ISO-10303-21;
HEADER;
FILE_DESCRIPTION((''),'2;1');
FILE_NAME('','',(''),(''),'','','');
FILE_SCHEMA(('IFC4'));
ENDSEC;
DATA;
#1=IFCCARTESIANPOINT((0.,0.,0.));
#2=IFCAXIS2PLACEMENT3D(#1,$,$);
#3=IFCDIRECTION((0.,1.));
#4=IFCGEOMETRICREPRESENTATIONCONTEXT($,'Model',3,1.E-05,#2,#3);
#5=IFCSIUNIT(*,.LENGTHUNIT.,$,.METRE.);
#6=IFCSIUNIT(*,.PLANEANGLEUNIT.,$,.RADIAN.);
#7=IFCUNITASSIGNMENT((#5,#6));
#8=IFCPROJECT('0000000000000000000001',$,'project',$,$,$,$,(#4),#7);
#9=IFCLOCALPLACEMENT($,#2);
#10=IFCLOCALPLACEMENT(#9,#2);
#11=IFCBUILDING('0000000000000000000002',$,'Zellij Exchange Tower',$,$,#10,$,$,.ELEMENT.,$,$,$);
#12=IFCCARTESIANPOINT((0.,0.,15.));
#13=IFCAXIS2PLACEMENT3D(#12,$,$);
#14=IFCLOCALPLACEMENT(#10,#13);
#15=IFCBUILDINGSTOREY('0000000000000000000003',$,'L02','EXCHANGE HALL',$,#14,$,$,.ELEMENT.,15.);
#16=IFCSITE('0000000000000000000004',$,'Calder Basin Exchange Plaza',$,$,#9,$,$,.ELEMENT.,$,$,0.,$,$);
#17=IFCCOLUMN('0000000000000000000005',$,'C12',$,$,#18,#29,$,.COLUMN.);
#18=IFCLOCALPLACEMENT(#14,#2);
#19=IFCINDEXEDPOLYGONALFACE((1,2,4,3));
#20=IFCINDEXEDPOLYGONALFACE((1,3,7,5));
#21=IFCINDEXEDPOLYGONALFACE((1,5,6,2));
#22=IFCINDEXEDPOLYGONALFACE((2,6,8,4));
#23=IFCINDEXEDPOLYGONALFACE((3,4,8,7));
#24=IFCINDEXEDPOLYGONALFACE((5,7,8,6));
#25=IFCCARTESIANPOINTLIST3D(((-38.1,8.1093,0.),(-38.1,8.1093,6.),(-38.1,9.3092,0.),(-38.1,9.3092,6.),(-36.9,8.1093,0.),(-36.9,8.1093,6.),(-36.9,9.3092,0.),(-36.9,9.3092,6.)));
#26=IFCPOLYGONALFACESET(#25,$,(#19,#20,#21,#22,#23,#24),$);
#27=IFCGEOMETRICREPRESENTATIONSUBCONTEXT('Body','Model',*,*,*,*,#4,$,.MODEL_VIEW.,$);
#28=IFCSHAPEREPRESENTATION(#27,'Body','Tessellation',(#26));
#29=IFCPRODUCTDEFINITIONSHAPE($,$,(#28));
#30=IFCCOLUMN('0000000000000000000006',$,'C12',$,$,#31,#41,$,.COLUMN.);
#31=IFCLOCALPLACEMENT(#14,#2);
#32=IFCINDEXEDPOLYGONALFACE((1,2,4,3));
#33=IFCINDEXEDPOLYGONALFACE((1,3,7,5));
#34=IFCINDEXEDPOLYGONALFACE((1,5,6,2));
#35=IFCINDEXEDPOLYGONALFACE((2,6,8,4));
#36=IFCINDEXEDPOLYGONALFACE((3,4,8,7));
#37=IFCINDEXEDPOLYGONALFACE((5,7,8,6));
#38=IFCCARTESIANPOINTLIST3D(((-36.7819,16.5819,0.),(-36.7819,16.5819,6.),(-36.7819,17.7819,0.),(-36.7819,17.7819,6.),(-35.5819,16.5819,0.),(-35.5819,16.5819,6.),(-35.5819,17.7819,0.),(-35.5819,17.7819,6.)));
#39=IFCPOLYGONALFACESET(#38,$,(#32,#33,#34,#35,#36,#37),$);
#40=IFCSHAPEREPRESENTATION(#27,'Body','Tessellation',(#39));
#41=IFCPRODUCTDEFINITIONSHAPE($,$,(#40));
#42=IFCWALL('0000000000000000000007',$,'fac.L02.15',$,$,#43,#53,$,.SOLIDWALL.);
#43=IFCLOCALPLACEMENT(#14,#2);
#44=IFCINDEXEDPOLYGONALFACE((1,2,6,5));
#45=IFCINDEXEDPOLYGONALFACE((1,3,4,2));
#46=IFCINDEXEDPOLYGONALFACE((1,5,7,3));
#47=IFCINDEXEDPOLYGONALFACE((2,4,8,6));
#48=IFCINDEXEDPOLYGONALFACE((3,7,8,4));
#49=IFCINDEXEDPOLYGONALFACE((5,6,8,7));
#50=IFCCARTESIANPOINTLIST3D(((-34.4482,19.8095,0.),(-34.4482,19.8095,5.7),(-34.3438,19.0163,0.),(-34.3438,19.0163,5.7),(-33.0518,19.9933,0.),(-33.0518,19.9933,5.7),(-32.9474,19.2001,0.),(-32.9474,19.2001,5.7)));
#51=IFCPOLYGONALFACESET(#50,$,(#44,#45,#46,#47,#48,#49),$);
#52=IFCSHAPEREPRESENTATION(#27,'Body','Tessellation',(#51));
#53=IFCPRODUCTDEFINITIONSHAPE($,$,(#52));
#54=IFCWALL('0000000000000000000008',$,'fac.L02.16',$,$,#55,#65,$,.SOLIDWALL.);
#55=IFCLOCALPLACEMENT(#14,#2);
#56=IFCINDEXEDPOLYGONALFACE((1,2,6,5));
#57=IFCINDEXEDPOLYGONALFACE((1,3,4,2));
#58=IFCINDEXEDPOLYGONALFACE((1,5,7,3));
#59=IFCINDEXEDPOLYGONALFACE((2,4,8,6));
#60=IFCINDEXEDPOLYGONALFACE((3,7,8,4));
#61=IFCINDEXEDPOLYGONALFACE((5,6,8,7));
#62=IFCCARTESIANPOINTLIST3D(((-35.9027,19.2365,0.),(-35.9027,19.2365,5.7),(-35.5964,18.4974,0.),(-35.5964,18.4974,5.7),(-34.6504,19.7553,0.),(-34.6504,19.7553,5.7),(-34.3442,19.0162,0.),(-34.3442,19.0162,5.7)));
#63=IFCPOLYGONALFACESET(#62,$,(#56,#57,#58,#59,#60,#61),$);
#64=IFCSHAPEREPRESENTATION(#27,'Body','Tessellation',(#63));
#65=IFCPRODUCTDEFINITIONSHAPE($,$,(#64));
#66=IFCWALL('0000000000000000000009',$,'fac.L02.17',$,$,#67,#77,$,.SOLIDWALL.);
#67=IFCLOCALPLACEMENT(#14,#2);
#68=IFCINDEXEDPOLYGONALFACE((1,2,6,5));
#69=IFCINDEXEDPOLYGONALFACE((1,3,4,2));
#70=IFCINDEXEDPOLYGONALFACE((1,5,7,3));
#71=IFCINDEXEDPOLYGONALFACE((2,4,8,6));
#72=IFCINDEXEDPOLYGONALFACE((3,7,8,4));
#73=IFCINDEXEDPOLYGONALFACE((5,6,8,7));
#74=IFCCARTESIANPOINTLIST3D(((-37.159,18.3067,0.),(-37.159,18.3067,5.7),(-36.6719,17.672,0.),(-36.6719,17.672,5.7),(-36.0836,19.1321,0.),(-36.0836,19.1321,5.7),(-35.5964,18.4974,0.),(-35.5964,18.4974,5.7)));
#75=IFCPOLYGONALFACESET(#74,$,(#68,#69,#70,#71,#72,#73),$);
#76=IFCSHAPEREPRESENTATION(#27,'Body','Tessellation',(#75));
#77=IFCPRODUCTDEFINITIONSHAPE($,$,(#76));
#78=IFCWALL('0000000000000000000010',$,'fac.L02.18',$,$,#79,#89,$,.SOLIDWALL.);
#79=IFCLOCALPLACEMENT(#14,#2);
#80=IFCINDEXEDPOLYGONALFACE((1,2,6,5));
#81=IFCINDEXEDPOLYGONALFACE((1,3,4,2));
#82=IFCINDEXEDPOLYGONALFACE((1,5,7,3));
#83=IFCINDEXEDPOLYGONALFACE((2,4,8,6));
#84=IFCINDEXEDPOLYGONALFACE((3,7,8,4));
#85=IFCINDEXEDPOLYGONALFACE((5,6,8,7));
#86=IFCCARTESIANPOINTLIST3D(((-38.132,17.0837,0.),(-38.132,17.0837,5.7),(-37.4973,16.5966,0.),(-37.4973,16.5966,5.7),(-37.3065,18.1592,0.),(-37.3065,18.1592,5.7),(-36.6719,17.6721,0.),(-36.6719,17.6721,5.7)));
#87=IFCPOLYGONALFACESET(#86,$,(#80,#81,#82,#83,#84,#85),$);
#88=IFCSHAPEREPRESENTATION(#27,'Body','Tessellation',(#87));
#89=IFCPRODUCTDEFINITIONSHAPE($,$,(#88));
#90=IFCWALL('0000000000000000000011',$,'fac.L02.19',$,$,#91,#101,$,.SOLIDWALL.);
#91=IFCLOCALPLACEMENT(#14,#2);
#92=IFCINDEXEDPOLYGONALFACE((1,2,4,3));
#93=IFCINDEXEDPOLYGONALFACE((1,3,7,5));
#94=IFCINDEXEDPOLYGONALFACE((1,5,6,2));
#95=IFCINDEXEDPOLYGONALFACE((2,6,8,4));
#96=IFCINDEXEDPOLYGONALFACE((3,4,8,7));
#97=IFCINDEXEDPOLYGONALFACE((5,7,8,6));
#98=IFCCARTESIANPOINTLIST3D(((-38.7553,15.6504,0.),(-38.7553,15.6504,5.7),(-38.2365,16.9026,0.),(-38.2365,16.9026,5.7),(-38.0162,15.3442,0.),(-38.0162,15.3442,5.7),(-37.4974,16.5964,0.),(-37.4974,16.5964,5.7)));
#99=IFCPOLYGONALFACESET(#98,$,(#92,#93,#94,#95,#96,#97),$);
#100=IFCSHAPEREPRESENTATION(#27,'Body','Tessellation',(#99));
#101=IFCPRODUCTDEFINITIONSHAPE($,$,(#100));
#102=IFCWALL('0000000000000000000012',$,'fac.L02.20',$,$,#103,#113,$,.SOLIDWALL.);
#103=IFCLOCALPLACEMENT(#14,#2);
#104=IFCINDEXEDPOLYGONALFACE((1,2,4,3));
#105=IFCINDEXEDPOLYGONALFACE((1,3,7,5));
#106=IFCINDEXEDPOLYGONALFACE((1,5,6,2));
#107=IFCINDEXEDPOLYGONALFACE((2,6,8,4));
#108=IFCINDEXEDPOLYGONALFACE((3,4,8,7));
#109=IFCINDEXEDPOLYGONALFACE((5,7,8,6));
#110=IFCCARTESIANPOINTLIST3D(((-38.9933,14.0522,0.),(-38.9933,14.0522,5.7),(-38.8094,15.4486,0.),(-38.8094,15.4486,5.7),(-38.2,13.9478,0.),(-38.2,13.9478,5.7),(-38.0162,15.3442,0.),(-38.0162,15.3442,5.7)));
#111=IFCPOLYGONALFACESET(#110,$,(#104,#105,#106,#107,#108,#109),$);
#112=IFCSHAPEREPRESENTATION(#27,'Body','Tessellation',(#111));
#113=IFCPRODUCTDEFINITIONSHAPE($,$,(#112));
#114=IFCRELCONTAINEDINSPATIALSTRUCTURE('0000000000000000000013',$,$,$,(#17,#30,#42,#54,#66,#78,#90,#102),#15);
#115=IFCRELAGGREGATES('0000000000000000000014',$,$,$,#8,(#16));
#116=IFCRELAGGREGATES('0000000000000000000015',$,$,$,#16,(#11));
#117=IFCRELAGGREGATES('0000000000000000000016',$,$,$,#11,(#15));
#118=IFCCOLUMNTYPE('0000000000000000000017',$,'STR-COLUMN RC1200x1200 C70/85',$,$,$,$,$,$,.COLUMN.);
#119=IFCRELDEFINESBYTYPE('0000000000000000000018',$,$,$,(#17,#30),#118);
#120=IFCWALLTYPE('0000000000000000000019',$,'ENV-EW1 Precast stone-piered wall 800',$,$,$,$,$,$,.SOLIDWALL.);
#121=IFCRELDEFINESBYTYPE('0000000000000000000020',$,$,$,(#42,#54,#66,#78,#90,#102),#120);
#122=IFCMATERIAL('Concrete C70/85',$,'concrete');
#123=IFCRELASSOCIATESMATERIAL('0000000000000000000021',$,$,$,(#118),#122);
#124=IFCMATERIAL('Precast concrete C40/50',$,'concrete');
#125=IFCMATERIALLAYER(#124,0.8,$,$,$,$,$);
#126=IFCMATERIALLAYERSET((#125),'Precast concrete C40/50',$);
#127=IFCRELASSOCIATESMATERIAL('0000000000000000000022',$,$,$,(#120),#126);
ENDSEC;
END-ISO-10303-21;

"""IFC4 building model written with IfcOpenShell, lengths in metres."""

from ifc_helpers import new_model, si_unit, direction, frame, frame_2d, origin, origin_2d, place, context, subcontext, project, spatial, rectangle, extrude, material, layer, layer_set, material_profile, profile_set, type_object, element, save


model = new_model("IFC4")

# Units and contexts
model_context = context("Model", 3, precision=1e-05, world=origin(), true_north=direction((0.0, 1.0)))
body_context = subcontext(model_context, "Body", "Model", "MODEL_VIEW")
ifc_project = project(units=[si_unit("LENGTHUNIT", "METRE"), si_unit("PLANEANGLEUNIT", "RADIAN")], contexts=[model_context])

# Site, building, storey
site_placement = place(None, origin())
site = spatial("IfcSite", under=ifc_project, at=site_placement, Name="Calder Basin Exchange Plaza", CompositionType="ELEMENT", RefElevation=0.0)
building_placement = place(site_placement, origin())
building = spatial("IfcBuilding", under=site, at=building_placement, Name="Zellij Exchange Tower", CompositionType="ELEMENT")
storey_placement = place(building_placement, frame((0.0, 0.0, 15.0)))
storey = spatial("IfcBuildingStorey", under=building, at=storey_placement, Name="L02", Description="EXCHANGE HALL", CompositionType="ELEMENT", Elevation=15.0)

# Columns
ifc_material_1 = material(Name="Concrete C70/85", Category="concrete")
ifc_material_profile = material_profile(ifc_material_1, rectangle(XDim=1.2, YDim=1.2, at=origin_2d()), Name="STR-COLUMN RC1200x1200 C70/85")
ifc_profile_set = profile_set([ifc_material_profile], Name="Concrete C70/85")
column_type = type_object("IfcColumnType", Name="STR-COLUMN RC1200x1200 C70/85", PredefinedType="COLUMN", material=ifc_profile_set)
for number, where, z_axis, x_axis, name in (
    (1, (-37.5, 8.7092, 0.0), (0.0, 0.0, 1.0), (1.0, 0.0, 0.0), "C12"),
    (2, (-36.1819, 17.1819, 0.0), (0.0, 0.0, 1.0), (1.0, 0.0, 0.0), "C12"),
):
    element("IfcColumn", number, at=place(storey_placement, frame(where, z_axis=z_axis, x_axis=x_axis)), inside=storey, type_object=column_type, Name=name, PredefinedType="COLUMN", context=body_context, shape_type="SweptSolid", body=[
        extrude(rectangle(XDim=1.2, YDim=1.2, at=origin_2d()), origin(), (0.0, 0.0, 1.0), 6.0),
    ])

# Walls
ifc_material_2 = material(Name="Precast concrete C40/50", Category="concrete")
ifc_layer_1 = layer(ifc_material_2, 0.8)
ifc_layer_set_1 = layer_set([ifc_layer_1], Name="Precast concrete C40/50")
wall_type_1 = type_object("IfcWallType", Name="ENV-EW1 Precast stone-piered wall 800", PredefinedType="SOLIDWALL", material=ifc_layer_set_1)
wall_1_placement = place(storey_placement, frame((-32.9998, 19.5967, 0.0), z_axis=(0.0, 0.0, 1.0), x_axis=(-0.991446, -0.130517, 0.0)))
element("IfcWall", 3, at=wall_1_placement, inside=storey, type_object=wall_type_1, Name="fac.L02.15", PredefinedType="SOLIDWALL", context=body_context, shape_type="SweptSolid", body=[
    extrude(rectangle(XDim=1.4084, YDim=0.8, at=frame_2d((0.7041, 0.0))), origin(), (0.0, 0.0, 1.0), 5.7),
])
wall_2_placement = place(storey_placement, frame((-34.4973, 19.3857, 0.0), z_axis=(0.0, 0.0, 1.0), x_axis=(-0.923848, -0.38276, 0.0)))
element("IfcWall", 4, at=wall_2_placement, inside=storey, type_object=wall_type_1, Name="fac.L02.16", PredefinedType="SOLIDWALL", context=body_context, shape_type="SweptSolid", body=[
    extrude(rectangle(XDim=1.3555, YDim=0.8, at=frame_2d((0.6777, 0.0))), origin(), (0.0, 0.0, 1.0), 5.7),
])
for number, where, z_axis, x_axis, name in (
    (5, (-35.8401, 18.8147, 0.0), (0.0, 0.0, 1.0), (-0.793273, -0.608866, 0.0), "fac.L02.17"),
    (6, (-36.9893, 17.9155, 0.0), (0.0, 0.0, 1.0), (-0.608866, -0.793273, 0.0), "fac.L02.18"),
):
    element("IfcWall", number, at=place(storey_placement, frame(where, z_axis=z_axis, x_axis=x_axis)), inside=storey, type_object=wall_type_1, Name=name, PredefinedType="SOLIDWALL", context=body_context, shape_type="SweptSolid", body=[
        extrude(rectangle(XDim=1.3557, YDim=0.8, at=frame_2d((0.6777, 0.0))), origin(), (0.0, 0.0, 1.0), 5.7),
    ])
wall_3_placement = place(storey_placement, frame((-37.8669, 16.7495, 0.0), z_axis=(0.0, 0.0, 1.0), x_axis=(-0.38276, -0.923848, 0.0)))
element("IfcWall", 7, at=wall_3_placement, inside=storey, type_object=wall_type_1, Name="fac.L02.19", PredefinedType="SOLIDWALL", context=body_context, shape_type="SweptSolid", body=[
    extrude(rectangle(XDim=1.3555, YDim=0.8, at=frame_2d((0.6777, 0.0))), origin(), (0.0, 0.0, 1.0), 5.7),
])
wall_4_placement = place(storey_placement, frame((-38.4128, 15.3962, 0.0), z_axis=(0.0, 0.0, 1.0), x_axis=(-0.130517, -0.991446, 0.0)))
element("IfcWall", 8, at=wall_4_placement, inside=storey, type_object=wall_type_1, Name="fac.L02.20", PredefinedType="SOLIDWALL", context=body_context, shape_type="SweptSolid", body=[
    extrude(rectangle(XDim=1.4084, YDim=0.8, at=frame_2d((0.7041, 0.0))), origin(), (0.0, 0.0, 1.0), 5.7),
])

save(model, "model.ifc")
